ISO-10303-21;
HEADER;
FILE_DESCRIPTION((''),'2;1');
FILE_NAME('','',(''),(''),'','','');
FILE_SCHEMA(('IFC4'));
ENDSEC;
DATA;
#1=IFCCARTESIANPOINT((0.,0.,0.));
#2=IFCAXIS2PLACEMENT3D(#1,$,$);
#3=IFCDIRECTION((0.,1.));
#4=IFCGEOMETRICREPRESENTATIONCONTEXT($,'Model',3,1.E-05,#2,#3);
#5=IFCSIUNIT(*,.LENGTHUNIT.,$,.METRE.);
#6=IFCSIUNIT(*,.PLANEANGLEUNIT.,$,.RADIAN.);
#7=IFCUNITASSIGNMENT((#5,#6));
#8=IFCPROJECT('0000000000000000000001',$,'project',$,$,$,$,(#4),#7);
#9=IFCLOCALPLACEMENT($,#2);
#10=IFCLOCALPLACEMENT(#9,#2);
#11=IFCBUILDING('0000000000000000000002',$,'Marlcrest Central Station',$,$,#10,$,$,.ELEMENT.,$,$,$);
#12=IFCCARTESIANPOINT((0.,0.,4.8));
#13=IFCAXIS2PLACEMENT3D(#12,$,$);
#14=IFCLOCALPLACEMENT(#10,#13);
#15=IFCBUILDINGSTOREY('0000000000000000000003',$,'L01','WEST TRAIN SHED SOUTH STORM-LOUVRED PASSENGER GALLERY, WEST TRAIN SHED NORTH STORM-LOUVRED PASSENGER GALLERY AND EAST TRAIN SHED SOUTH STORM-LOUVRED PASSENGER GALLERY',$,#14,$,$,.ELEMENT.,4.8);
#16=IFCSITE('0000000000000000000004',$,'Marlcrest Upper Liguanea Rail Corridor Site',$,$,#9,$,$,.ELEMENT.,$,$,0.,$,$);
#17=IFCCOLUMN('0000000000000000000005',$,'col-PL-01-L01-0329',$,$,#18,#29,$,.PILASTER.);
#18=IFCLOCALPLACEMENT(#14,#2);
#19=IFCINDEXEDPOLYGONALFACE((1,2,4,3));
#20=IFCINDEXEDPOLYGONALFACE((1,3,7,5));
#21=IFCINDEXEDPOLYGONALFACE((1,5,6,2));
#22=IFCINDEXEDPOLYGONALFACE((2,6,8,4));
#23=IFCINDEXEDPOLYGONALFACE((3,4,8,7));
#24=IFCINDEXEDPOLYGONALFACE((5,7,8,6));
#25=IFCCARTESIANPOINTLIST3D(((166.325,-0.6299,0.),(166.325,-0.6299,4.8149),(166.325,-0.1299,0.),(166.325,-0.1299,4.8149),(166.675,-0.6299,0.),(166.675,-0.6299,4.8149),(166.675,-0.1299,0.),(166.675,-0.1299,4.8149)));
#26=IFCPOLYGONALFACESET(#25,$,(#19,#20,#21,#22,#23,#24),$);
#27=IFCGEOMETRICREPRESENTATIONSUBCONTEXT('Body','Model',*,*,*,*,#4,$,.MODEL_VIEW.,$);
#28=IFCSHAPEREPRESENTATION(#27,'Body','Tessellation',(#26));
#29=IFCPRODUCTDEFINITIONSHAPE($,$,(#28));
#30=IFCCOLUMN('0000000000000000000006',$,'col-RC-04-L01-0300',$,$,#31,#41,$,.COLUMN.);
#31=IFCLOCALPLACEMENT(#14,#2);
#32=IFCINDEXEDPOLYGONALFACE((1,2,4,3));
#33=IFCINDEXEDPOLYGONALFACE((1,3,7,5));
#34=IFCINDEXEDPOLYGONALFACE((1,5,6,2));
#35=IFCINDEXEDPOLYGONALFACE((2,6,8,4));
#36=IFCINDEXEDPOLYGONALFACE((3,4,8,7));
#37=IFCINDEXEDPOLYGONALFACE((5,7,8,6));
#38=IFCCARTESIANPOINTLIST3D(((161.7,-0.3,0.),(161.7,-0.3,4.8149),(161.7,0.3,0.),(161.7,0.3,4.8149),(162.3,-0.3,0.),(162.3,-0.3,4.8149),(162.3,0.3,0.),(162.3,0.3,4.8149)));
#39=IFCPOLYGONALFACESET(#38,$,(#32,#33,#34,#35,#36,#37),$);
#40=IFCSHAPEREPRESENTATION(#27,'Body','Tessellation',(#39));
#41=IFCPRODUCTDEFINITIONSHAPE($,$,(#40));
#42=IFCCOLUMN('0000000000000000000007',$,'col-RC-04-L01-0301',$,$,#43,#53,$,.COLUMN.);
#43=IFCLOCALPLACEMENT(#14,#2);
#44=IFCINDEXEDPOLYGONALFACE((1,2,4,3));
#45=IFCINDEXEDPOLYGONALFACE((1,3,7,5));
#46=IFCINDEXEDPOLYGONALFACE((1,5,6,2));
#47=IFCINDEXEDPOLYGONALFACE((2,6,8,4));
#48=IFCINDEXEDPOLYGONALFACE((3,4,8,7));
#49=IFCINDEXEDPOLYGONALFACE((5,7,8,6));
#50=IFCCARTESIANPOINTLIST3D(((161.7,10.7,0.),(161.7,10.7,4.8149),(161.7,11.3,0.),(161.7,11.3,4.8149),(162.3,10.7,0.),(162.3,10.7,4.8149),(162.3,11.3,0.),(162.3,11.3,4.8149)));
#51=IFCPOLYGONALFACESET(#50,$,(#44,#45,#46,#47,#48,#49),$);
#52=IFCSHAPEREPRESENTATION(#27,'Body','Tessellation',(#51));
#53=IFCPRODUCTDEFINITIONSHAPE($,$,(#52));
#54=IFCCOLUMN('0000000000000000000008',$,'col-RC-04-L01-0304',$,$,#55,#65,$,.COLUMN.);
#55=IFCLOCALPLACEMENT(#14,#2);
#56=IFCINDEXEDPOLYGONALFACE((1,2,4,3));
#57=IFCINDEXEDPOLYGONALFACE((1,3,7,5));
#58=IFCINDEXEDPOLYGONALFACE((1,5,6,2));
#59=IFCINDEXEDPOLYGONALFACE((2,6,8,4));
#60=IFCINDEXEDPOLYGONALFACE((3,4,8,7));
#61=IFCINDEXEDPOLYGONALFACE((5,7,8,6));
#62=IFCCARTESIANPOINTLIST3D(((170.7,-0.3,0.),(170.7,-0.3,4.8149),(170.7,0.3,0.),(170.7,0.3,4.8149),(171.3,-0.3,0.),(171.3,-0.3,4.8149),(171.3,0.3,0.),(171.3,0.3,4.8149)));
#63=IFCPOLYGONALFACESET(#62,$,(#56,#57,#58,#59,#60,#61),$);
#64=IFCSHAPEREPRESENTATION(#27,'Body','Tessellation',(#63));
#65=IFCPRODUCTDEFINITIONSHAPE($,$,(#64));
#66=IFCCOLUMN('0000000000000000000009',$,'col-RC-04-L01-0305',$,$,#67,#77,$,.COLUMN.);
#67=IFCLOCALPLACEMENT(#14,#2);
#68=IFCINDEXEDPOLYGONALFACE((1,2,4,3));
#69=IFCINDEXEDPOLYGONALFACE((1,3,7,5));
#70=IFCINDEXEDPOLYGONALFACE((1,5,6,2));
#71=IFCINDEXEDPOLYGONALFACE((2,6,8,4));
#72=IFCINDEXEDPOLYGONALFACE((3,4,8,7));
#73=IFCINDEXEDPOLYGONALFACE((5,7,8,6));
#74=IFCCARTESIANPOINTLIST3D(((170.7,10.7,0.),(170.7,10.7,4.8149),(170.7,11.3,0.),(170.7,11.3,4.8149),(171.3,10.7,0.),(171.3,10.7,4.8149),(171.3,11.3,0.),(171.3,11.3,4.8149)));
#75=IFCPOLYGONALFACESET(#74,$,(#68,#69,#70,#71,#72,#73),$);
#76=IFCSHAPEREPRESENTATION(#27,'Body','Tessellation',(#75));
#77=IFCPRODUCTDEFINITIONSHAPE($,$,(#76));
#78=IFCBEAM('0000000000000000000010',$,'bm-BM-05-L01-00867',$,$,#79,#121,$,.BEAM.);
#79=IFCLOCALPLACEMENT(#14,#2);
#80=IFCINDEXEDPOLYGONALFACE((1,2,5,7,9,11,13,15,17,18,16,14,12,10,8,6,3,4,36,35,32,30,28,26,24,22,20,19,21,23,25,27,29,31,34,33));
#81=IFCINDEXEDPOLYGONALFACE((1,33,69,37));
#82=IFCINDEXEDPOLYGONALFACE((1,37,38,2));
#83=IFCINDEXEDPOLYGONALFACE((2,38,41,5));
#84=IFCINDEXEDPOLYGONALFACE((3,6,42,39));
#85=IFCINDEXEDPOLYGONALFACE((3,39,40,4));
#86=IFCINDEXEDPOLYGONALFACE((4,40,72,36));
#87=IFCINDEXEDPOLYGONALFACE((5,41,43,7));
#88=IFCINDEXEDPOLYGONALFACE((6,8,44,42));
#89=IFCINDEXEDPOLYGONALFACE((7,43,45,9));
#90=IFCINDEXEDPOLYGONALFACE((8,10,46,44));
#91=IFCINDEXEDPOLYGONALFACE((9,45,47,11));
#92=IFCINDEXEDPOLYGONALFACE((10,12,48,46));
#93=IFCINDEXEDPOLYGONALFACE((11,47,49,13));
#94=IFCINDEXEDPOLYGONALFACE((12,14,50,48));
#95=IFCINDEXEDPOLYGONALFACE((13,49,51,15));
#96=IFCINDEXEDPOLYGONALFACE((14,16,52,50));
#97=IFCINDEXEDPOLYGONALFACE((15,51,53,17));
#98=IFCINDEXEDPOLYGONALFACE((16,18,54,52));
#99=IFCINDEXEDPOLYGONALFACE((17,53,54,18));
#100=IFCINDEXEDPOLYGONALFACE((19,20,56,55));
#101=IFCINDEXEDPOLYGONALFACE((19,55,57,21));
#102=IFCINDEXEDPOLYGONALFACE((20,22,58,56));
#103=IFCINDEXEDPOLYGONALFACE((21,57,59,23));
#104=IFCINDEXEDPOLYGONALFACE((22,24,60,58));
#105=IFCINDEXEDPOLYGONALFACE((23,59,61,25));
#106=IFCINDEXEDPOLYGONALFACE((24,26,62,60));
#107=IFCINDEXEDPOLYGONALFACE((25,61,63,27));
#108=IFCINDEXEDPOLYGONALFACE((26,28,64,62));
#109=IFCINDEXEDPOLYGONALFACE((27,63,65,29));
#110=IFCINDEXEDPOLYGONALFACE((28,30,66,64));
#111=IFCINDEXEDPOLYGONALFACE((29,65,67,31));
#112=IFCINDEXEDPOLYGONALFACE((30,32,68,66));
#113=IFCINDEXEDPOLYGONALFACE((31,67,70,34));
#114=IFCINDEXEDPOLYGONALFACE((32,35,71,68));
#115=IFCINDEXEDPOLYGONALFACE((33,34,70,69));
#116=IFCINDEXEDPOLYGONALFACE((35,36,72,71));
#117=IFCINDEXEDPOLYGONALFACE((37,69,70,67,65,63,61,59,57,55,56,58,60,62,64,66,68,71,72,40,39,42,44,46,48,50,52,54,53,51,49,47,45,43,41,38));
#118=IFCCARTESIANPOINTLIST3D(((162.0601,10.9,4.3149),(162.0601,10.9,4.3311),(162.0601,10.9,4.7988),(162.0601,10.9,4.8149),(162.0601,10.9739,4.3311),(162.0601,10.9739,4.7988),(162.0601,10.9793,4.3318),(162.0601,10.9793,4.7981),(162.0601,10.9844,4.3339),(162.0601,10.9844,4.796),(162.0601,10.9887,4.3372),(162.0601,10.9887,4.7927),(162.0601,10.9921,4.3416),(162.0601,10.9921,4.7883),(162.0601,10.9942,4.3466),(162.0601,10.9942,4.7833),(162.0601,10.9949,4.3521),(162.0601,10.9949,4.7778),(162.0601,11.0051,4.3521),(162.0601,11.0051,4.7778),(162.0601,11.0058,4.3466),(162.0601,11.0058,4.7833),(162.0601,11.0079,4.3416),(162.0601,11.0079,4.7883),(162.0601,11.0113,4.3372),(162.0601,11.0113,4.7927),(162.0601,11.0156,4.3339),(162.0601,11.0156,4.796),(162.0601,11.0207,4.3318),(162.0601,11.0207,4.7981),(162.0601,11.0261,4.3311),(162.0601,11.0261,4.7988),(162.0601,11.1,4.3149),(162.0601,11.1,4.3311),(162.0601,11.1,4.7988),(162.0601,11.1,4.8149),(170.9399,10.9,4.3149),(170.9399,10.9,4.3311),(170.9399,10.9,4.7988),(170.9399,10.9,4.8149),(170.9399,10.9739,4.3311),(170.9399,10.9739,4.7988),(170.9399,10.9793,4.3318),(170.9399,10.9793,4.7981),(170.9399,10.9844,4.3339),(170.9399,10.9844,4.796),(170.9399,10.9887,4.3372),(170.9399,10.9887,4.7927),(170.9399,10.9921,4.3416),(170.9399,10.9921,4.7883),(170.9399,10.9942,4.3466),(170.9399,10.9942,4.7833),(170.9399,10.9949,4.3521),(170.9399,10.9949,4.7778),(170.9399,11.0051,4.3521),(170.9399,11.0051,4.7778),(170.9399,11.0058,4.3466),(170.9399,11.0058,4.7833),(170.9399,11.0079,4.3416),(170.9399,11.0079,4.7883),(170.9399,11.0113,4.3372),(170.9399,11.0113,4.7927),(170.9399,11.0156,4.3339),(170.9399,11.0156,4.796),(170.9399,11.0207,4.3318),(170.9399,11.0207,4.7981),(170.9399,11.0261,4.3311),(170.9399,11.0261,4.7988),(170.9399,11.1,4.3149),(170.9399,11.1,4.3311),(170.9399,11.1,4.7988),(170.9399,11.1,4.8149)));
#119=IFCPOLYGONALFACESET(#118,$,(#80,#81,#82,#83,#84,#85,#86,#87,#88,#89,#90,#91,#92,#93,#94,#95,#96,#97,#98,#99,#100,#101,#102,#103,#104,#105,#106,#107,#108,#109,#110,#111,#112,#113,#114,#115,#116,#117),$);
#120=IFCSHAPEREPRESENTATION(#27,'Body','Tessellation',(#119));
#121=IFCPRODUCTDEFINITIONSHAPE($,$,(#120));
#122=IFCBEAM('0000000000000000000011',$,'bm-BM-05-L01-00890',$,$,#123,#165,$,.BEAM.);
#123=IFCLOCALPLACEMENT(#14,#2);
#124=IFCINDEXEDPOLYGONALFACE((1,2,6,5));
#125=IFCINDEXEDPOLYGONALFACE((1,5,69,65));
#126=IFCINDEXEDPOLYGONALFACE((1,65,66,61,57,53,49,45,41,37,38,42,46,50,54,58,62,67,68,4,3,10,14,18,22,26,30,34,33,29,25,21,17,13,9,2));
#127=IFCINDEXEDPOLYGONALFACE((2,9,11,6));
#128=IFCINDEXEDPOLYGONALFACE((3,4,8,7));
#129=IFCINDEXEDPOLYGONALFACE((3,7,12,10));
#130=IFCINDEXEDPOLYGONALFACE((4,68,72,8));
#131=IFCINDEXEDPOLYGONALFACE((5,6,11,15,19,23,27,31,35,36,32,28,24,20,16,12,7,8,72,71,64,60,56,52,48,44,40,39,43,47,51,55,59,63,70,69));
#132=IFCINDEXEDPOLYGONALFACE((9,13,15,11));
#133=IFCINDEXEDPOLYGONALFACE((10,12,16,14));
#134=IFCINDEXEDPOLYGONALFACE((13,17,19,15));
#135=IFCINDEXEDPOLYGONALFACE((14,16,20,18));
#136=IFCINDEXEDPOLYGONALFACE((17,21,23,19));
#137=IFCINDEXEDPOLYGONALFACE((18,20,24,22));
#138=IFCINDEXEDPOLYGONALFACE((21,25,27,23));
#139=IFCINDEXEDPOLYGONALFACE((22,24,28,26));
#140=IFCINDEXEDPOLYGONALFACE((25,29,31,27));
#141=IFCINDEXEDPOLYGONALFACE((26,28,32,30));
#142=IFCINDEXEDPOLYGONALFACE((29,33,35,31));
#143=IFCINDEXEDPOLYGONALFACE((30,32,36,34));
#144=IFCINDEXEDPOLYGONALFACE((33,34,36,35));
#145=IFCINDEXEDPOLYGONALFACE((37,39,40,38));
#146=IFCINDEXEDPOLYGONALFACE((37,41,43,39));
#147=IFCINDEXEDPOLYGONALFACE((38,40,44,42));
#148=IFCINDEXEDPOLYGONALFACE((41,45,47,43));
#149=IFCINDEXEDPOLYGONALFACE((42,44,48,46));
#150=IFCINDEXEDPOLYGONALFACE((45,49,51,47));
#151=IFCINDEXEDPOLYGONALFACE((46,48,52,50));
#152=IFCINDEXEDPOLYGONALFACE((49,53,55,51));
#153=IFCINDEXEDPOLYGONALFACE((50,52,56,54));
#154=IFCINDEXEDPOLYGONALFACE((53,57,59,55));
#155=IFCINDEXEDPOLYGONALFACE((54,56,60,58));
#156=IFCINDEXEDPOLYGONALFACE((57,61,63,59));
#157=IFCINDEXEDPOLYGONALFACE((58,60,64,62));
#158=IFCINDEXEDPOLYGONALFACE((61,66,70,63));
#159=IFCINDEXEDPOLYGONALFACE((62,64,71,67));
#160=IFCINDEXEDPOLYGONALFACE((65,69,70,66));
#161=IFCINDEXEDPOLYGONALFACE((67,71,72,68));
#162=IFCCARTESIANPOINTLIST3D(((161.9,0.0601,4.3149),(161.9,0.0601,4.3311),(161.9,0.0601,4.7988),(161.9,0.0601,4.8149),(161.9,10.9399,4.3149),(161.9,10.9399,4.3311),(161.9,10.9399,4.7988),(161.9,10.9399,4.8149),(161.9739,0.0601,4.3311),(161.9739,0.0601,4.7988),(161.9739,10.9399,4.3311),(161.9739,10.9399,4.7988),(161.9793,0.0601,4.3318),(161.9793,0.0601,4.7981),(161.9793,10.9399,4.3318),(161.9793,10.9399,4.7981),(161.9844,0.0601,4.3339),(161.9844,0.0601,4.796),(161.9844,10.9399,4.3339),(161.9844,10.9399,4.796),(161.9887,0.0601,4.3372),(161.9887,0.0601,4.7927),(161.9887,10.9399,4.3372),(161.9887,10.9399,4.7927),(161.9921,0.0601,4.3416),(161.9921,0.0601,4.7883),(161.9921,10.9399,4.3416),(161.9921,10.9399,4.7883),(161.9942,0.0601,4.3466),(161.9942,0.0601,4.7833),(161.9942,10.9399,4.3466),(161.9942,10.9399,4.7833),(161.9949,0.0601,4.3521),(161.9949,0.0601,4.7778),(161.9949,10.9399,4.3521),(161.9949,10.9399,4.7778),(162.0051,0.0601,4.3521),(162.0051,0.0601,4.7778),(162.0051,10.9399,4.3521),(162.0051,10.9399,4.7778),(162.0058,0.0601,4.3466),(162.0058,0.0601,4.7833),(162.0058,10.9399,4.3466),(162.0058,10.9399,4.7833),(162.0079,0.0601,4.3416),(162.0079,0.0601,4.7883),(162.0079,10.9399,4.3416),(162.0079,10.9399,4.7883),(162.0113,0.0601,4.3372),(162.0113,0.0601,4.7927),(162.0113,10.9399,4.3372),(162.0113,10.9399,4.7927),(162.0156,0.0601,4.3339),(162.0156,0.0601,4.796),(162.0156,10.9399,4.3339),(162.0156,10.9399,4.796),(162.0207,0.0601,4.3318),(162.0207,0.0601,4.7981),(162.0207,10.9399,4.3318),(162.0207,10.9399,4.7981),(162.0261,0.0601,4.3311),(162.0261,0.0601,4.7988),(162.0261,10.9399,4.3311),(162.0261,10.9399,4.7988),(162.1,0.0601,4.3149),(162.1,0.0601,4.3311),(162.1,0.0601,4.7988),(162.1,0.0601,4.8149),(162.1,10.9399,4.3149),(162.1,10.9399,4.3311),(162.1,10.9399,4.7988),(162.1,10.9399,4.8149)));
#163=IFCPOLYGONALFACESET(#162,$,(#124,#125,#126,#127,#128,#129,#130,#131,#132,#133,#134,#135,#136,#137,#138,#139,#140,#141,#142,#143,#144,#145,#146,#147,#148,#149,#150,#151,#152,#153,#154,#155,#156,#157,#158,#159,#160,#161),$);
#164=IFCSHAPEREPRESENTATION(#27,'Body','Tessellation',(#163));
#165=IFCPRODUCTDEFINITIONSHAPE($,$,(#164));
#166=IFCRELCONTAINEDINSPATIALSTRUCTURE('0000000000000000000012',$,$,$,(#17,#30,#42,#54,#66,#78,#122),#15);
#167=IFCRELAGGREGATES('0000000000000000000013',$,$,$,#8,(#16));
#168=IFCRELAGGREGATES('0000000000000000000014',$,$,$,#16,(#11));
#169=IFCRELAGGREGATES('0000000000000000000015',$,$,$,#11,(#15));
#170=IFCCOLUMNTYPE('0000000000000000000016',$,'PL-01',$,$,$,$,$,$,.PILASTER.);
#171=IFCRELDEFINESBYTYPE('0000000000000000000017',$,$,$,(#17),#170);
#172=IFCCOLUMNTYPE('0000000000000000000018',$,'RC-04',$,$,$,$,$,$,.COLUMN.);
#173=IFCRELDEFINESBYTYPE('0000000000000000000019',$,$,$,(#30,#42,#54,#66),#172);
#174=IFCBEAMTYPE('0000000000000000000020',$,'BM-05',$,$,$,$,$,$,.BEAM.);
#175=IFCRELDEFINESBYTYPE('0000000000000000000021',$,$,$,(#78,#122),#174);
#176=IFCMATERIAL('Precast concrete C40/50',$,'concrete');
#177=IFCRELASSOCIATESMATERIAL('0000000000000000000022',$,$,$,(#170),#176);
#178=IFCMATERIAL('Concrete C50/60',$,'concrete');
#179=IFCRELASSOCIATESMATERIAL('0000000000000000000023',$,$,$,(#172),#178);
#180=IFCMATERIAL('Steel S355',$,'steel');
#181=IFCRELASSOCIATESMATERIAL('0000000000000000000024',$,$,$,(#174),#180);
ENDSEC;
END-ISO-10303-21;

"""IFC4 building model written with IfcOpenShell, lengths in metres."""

from ifc_helpers import new_model, si_unit, direction, frame, origin, origin_2d, place, context, subcontext, project, spatial, rectangle, i_section, extrude, material, material_profile, profile_set, type_object, element, save


model = new_model("IFC4")

# Units and contexts
model_context = context("Model", 3, precision=1e-05, world=origin(), true_north=direction((0.0, 1.0)))
body_context = subcontext(model_context, "Body", "Model", "MODEL_VIEW")
ifc_project = project(units=[si_unit("LENGTHUNIT", "METRE"), si_unit("PLANEANGLEUNIT", "RADIAN")], contexts=[model_context])

# Site, building, storey
site_placement = place(None, origin())
site = spatial("IfcSite", under=ifc_project, at=site_placement, Name="Marlcrest Upper Liguanea Rail Corridor Site", CompositionType="ELEMENT", RefElevation=0.0)
building_placement = place(site_placement, origin())
building = spatial("IfcBuilding", under=site, at=building_placement, Name="Marlcrest Central Station", CompositionType="ELEMENT")
storey_placement = place(building_placement, frame((0.0, 0.0, 4.8)))
storey = spatial("IfcBuildingStorey", under=building, at=storey_placement, Name="L01", Description="WEST TRAIN SHED SOUTH STORM-LOUVRED PASSENGER GALLERY, WEST TRAIN SHED NORTH STORM-LOUVRED PASSENGER GALLERY AND EAST TRAIN SHED SOUTH STORM-LOUVRED PASSENGER GALLERY", CompositionType="ELEMENT", Elevation=4.8)

# Columns
ifc_material_1 = material(Name="Precast concrete C40/50", Category="concrete")
ifc_material_profile_1 = material_profile(ifc_material_1, rectangle(XDim=0.3501, YDim=0.5, at=origin_2d()), Name="PIL 350x500")
ifc_profile_set_1 = profile_set([ifc_material_profile_1], Name="Precast concrete C40/50")
column_type_1 = type_object("IfcColumnType", Name="PL-01", PredefinedType="PILASTER", material=ifc_profile_set_1)
column_placement = place(storey_placement, frame((166.5, -0.3799, 0.0), z_axis=(0.0, 0.0, 1.0), x_axis=(1.0, 0.0, 0.0)))
element("IfcColumn", 1, at=column_placement, inside=storey, type_object=column_type_1, Name="col-PL-01-L01-0329", PredefinedType="PILASTER", context=body_context, shape_type="SweptSolid", body=[
    extrude(rectangle(XDim=0.3501, YDim=0.5, at=origin_2d()), origin(), (0.0, 0.0, 1.0), 4.8149),
])
ifc_material_2 = material(Name="Concrete C50/60", Category="concrete")
ifc_material_profile_2 = material_profile(ifc_material_2, rectangle(XDim=0.6001, YDim=0.6001, at=origin_2d()), Name="RC 600x600")
ifc_profile_set_2 = profile_set([ifc_material_profile_2], Name="Concrete C50/60")
column_type_2 = type_object("IfcColumnType", Name="RC-04", PredefinedType="COLUMN", material=ifc_profile_set_2)
for number, where, z_axis, x_axis, name in (
    (2, (162.0, 0.0, 0.0), (0.0, 0.0, 1.0), (1.0, 0.0, 0.0), "col-RC-04-L01-0300"),
    (3, (162.0, 11.0, 0.0), (0.0, 0.0, 1.0), (1.0, 0.0, 0.0), "col-RC-04-L01-0301"),
    (4, (171.0, 0.0, 0.0), (0.0, 0.0, 1.0), (1.0, 0.0, 0.0), "col-RC-04-L01-0304"),
    (5, (171.0, 11.0, 0.0), (0.0, 0.0, 1.0), (1.0, 0.0, 0.0), "col-RC-04-L01-0305"),
):
    element("IfcColumn", number, at=place(storey_placement, frame(where, z_axis=z_axis, x_axis=x_axis)), inside=storey, type_object=column_type_2, Name=name, PredefinedType="COLUMN", context=body_context, shape_type="SweptSolid", body=[
        extrude(rectangle(XDim=0.6001, YDim=0.6001, at=origin_2d()), origin(), (0.0, 0.0, 1.0), 4.8149),
    ])

# Beams
ifc_material_3 = material(Name="Steel S355", Category="steel")
ifc_material_profile_3 = material_profile(ifc_material_3, i_section(OverallWidth=0.2, OverallDepth=0.5, WebThickness=0.0103, FlangeThickness=0.0161, FilletRadius=0.021, at=origin_2d()), Name="IPE 500")
ifc_profile_set_3 = profile_set([ifc_material_profile_3], Name="Steel S355")
beam_type_1 = type_object("IfcBeamType", Name="BM-05", PredefinedType="BEAM", material=ifc_profile_set_3)
beam_1_placement = place(storey_placement, frame((162.0601, 11.0, 4.5649), z_axis=(1.0, 0.0, 0.0), x_axis=(0.0, 1.0, 0.0)))
element("IfcBeam", 6, at=beam_1_placement, inside=storey, type_object=beam_type_1, Name="bm-BM-05-L01-00867", PredefinedType="BEAM", context=body_context, shape_type="SweptSolid", body=[
    extrude(i_section(OverallWidth=0.2, OverallDepth=0.5, WebThickness=0.0103, FlangeThickness=0.0161, FilletRadius=0.021, at=origin_2d()), origin(), (0.0, 0.0, 1.0), 8.8799),
])
beam_2_placement = place(storey_placement, frame((162.0, 0.0601, 4.5649), z_axis=(0.0, 1.0, 0.0), x_axis=(-1.0, 0.0, 0.0)))
element("IfcBeam", 7, at=beam_2_placement, inside=storey, type_object=beam_type_1, Name="bm-BM-05-L01-00890", PredefinedType="BEAM", context=body_context, shape_type="SweptSolid", body=[
    extrude(i_section(OverallWidth=0.2, OverallDepth=0.5, WebThickness=0.0103, FlangeThickness=0.0161, FilletRadius=0.021, at=origin_2d()), origin(), (0.0, 0.0, 1.0), 10.8799),
])

save(model, "model.ifc")
